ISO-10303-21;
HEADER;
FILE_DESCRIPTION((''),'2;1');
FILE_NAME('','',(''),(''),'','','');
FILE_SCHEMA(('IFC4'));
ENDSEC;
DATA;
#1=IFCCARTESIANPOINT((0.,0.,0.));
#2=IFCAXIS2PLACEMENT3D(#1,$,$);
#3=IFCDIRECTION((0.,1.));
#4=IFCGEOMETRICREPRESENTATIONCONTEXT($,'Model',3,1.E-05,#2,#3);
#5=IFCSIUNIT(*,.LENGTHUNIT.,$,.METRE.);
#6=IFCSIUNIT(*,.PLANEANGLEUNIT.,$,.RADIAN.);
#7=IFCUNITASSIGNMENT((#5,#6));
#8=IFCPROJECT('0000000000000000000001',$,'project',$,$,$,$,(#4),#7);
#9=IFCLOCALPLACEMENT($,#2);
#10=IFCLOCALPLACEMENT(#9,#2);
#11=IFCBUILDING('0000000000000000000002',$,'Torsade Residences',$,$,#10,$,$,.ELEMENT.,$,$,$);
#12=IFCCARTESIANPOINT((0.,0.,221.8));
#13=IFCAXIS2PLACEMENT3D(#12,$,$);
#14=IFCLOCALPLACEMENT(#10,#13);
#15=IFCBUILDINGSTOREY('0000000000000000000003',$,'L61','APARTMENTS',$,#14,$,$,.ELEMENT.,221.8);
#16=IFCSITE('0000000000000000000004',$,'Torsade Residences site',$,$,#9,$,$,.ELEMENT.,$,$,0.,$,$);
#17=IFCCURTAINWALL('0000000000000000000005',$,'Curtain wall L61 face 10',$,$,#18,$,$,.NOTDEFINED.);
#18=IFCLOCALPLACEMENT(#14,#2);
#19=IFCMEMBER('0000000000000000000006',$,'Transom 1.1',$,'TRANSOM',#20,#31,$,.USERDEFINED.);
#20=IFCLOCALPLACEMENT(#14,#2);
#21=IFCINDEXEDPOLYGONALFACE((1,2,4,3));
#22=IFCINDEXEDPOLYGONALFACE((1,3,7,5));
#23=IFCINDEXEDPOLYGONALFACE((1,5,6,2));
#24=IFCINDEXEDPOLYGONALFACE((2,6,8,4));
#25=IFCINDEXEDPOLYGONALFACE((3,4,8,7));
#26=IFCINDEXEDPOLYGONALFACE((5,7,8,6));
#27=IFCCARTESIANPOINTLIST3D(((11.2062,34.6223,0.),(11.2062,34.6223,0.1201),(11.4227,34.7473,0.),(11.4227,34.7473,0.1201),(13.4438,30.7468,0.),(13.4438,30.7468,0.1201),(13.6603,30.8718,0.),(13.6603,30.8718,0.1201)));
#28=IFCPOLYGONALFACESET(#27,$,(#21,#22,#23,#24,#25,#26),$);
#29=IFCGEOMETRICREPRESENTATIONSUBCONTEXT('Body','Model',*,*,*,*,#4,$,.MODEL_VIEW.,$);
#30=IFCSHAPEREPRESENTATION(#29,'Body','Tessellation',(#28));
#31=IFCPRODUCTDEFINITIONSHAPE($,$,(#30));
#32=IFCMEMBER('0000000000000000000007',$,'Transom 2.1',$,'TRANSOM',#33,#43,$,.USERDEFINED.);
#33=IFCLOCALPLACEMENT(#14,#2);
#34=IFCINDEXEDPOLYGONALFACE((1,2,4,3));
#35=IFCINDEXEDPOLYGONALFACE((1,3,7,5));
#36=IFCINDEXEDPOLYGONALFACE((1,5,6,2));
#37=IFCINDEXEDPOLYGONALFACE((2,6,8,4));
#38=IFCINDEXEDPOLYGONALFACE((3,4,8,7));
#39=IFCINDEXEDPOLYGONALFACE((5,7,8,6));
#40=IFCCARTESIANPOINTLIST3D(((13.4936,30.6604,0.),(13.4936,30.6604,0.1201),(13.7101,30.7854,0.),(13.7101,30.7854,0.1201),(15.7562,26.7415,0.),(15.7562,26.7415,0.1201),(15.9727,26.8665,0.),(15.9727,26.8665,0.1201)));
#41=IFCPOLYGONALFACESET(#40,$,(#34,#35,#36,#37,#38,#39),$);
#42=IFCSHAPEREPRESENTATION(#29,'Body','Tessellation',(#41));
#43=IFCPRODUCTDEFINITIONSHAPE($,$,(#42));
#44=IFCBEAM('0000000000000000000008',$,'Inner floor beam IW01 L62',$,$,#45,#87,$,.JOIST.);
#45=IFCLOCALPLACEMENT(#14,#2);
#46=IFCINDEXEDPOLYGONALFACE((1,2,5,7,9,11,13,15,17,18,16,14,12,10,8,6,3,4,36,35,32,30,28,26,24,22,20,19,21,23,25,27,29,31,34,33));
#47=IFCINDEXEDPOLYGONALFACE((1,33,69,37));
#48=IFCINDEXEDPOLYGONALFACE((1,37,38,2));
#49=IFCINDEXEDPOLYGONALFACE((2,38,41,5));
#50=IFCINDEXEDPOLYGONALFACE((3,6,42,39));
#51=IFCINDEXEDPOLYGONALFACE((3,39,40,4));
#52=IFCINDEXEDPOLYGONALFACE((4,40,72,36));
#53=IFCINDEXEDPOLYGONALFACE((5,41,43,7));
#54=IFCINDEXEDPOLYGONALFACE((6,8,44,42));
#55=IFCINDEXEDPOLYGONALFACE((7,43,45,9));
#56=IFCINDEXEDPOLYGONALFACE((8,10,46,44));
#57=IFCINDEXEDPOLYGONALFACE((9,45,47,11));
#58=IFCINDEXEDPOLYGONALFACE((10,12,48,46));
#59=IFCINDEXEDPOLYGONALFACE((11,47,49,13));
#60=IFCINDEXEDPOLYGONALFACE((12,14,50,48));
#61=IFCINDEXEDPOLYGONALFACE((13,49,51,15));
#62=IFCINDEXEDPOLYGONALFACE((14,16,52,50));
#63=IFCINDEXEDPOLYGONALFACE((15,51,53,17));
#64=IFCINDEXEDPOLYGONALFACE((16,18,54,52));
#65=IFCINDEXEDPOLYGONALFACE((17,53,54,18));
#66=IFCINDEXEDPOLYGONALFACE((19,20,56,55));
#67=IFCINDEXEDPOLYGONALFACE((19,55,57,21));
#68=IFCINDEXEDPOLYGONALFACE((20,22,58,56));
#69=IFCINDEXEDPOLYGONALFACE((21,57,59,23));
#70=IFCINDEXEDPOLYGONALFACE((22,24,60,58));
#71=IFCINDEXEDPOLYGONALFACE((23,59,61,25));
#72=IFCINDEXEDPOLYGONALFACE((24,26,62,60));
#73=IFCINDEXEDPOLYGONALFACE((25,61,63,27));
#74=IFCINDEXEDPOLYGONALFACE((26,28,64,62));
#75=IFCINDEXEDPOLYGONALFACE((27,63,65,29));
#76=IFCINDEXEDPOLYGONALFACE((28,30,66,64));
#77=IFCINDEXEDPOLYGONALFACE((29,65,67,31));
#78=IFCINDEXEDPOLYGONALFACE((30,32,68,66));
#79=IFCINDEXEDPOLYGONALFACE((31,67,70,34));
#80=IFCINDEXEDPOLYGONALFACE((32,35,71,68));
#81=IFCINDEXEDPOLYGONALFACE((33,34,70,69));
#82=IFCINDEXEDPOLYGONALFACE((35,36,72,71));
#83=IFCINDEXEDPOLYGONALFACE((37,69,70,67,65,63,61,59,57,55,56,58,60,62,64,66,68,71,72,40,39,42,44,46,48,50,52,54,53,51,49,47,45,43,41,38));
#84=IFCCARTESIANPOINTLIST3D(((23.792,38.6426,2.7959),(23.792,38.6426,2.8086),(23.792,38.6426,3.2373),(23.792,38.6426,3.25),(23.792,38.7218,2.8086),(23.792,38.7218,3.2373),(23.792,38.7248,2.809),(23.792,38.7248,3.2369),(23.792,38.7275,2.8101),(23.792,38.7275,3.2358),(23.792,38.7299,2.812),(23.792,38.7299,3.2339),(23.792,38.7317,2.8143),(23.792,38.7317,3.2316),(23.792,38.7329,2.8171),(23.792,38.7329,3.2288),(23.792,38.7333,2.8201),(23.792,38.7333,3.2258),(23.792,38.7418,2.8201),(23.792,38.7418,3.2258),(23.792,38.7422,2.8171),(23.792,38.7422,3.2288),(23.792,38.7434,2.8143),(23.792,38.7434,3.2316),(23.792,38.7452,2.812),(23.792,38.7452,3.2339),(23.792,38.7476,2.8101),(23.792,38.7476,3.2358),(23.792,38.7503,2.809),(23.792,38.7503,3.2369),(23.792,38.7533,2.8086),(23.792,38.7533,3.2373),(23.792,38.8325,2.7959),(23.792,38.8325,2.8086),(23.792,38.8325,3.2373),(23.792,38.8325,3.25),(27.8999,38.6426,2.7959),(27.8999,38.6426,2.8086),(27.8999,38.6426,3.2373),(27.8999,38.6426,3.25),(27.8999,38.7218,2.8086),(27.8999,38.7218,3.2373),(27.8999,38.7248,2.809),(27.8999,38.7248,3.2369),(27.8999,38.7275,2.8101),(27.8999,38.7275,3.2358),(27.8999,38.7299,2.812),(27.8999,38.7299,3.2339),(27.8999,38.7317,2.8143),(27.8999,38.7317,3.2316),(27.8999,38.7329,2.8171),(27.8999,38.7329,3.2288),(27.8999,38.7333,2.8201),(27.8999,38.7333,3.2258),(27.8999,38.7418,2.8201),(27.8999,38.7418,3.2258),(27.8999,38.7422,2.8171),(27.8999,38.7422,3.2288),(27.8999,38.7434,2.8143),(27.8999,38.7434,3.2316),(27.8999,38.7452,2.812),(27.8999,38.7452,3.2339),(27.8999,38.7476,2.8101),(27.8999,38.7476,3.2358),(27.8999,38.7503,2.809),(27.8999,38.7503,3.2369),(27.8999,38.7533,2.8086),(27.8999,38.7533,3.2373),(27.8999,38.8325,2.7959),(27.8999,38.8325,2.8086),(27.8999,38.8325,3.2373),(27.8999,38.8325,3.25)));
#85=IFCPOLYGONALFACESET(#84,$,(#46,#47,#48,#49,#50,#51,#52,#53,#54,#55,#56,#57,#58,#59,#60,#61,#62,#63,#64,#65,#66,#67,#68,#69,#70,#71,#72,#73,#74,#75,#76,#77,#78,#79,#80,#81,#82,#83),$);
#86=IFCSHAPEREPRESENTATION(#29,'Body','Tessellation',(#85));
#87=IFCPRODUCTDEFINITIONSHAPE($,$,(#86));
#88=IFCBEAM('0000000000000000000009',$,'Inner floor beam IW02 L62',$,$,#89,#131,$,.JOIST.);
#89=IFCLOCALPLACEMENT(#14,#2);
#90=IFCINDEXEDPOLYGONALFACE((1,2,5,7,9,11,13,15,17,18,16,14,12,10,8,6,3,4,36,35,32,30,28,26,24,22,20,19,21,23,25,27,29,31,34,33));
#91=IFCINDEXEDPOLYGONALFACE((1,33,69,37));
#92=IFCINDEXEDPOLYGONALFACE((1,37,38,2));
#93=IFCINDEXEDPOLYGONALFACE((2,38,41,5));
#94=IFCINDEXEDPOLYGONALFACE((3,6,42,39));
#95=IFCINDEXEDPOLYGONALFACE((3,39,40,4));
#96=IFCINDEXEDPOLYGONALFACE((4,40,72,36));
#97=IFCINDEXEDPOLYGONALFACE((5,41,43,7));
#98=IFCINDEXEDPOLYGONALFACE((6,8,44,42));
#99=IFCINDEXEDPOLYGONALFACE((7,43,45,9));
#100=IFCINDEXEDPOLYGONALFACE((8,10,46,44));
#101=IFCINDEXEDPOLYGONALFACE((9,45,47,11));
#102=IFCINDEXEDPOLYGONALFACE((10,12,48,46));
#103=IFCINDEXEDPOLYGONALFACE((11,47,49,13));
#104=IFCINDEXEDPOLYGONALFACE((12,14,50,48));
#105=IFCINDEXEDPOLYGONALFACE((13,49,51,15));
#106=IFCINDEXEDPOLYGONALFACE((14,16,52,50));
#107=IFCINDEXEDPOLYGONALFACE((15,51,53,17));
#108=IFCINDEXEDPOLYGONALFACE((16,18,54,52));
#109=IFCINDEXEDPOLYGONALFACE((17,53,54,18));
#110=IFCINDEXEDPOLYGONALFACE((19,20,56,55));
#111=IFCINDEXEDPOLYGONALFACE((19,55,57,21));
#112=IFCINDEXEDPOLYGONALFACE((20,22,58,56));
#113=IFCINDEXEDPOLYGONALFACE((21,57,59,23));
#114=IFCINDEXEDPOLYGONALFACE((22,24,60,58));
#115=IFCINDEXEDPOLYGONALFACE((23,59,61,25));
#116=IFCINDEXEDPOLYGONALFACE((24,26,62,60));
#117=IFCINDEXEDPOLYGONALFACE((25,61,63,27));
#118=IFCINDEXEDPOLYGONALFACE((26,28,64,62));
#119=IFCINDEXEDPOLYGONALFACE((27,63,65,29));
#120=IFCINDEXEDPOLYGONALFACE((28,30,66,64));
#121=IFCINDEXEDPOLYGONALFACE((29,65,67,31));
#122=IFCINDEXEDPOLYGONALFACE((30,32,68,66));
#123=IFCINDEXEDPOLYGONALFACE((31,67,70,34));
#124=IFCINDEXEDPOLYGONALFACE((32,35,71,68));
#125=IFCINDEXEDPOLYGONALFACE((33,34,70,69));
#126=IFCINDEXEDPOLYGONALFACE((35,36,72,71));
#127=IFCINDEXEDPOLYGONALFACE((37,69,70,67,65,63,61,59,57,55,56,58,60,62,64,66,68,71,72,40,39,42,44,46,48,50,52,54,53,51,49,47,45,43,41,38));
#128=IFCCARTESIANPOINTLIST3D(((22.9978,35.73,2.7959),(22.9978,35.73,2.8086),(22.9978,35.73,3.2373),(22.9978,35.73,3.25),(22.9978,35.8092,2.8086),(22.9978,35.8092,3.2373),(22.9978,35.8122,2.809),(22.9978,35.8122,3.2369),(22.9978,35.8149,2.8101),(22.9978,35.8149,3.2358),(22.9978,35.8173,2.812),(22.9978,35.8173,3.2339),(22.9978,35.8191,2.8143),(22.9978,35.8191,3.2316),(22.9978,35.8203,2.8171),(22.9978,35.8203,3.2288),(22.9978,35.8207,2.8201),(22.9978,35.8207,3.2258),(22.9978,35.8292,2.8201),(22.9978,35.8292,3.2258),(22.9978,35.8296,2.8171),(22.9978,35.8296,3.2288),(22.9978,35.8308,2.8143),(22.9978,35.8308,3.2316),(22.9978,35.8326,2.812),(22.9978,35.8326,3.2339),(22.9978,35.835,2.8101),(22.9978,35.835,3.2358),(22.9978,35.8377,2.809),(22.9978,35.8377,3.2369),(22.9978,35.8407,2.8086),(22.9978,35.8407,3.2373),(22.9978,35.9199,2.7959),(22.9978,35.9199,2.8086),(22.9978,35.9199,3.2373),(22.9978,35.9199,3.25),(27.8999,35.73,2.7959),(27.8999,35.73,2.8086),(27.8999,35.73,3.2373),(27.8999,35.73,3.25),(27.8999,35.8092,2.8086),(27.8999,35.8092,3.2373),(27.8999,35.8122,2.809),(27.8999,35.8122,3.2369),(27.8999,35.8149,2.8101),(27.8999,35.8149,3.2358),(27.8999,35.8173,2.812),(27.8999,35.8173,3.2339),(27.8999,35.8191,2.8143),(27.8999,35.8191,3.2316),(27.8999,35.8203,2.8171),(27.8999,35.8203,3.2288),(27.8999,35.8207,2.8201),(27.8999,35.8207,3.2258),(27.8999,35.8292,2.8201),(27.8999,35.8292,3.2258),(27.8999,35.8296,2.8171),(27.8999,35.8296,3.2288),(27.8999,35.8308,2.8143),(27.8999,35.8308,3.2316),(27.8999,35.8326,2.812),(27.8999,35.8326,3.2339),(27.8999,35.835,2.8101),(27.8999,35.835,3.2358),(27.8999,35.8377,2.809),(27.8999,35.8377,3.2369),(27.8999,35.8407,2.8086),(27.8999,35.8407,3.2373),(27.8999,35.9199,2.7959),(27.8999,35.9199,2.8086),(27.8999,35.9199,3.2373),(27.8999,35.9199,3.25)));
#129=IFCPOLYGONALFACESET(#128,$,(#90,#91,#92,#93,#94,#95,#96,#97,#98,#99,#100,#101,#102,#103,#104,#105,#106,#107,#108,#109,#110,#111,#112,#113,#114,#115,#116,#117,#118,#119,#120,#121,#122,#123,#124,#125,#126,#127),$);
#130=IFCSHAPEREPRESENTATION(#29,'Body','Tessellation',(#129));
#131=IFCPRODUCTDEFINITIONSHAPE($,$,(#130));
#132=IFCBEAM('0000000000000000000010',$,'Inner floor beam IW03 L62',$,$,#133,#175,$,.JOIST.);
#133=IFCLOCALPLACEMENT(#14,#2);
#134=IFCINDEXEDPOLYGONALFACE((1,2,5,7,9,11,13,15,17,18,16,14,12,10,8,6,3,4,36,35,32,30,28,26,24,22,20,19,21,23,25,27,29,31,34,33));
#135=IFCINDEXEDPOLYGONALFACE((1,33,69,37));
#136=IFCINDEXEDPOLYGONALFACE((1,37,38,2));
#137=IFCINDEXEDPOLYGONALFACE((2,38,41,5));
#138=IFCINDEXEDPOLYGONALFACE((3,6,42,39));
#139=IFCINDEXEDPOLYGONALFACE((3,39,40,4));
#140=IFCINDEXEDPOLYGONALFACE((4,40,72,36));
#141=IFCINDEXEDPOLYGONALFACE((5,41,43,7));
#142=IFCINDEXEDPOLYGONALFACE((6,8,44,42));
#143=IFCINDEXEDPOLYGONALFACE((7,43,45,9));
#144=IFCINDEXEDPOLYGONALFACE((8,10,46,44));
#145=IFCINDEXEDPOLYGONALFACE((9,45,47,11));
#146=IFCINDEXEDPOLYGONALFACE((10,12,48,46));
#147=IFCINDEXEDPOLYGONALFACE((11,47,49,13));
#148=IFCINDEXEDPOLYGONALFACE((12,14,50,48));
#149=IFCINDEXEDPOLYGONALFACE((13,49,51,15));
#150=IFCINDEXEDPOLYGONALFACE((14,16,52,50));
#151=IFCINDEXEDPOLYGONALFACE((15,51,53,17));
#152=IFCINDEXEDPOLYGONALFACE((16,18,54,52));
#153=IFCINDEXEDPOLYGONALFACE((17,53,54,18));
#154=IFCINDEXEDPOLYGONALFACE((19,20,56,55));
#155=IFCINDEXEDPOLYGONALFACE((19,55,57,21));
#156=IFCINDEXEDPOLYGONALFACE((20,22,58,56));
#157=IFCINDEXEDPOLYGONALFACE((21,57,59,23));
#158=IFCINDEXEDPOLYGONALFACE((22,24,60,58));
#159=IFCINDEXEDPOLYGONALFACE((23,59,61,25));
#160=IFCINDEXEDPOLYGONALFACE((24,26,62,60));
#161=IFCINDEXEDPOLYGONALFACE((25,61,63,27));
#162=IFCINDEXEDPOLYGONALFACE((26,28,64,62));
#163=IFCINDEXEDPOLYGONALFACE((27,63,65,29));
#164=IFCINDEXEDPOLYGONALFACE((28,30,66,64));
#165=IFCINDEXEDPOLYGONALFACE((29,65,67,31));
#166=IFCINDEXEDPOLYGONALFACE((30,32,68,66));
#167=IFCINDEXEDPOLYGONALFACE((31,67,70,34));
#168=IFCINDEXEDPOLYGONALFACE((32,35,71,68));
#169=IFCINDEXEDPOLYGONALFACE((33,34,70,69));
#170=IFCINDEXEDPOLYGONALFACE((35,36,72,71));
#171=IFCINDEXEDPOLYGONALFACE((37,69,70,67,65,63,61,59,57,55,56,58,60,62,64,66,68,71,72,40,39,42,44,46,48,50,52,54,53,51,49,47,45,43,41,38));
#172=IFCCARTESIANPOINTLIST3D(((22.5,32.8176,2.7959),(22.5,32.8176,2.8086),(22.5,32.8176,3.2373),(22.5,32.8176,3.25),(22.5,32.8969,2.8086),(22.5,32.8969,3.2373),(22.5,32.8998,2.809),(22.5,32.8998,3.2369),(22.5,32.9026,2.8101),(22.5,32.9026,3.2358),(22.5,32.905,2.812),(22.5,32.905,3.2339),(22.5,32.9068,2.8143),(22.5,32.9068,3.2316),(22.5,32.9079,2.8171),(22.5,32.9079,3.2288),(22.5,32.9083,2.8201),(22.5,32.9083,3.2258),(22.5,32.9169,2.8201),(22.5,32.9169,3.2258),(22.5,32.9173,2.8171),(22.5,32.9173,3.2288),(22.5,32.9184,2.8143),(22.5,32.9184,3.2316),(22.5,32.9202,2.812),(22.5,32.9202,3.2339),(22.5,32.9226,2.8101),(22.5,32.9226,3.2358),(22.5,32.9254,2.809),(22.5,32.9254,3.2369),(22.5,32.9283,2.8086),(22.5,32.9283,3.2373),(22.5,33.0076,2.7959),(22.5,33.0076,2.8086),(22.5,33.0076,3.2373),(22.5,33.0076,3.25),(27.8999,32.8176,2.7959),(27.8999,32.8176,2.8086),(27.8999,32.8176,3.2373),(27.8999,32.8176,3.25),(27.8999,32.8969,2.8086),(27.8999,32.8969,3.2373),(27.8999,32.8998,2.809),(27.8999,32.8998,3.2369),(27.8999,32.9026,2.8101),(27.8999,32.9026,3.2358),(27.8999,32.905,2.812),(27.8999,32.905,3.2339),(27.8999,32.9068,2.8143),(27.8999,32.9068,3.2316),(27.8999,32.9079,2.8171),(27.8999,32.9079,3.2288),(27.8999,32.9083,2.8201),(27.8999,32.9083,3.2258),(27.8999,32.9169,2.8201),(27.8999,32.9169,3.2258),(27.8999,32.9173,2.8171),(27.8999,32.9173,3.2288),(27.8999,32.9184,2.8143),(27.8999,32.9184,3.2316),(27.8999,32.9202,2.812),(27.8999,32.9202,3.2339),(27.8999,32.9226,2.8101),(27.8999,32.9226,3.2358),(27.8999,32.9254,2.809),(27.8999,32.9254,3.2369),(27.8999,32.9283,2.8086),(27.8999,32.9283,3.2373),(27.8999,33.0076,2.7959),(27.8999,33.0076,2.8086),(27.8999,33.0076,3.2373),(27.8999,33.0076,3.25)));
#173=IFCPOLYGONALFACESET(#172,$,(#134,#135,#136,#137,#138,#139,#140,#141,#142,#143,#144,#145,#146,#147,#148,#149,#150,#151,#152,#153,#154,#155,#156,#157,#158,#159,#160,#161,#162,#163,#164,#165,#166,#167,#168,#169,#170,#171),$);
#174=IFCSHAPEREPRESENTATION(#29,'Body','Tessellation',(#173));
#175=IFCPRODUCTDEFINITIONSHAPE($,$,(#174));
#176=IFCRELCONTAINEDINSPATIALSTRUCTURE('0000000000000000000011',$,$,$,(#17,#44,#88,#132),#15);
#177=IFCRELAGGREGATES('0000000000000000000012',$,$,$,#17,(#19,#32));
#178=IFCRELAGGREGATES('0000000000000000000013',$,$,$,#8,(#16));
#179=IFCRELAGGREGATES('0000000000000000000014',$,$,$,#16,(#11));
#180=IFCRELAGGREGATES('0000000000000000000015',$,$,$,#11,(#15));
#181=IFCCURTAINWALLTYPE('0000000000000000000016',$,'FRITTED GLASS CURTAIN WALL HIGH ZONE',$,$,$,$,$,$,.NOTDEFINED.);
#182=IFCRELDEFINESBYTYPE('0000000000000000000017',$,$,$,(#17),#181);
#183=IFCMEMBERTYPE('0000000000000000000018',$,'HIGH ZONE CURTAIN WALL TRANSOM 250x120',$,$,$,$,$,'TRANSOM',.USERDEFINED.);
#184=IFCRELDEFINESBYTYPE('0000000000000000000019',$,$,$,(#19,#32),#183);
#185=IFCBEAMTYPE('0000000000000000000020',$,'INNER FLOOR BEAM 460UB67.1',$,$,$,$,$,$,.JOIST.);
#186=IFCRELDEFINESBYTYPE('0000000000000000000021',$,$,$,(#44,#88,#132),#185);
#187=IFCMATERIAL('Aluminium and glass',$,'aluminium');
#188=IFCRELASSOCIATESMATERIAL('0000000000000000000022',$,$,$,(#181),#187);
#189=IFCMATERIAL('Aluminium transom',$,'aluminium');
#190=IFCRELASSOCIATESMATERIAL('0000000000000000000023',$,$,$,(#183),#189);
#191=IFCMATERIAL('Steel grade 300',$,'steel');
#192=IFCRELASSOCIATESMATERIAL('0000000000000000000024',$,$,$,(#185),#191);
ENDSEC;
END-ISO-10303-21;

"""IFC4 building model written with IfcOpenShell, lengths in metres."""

from ifc_helpers import new_model, si_unit, direction, frame, origin, origin_2d, place, context, subcontext, project, spatial, rectangle, i_section, extrude, material, material_profile, profile_set, type_object, element, aggregate, save


model = new_model("IFC4")

# Units and contexts
model_context = context("Model", 3, precision=1e-05, world=origin(), true_north=direction((0.0, 1.0)))
body_context = subcontext(model_context, "Body", "Model", "MODEL_VIEW")
ifc_project = project(units=[si_unit("LENGTHUNIT", "METRE"), si_unit("PLANEANGLEUNIT", "RADIAN")], contexts=[model_context])

# Site, building, storey
site_placement = place(None, origin())
site = spatial("IfcSite", under=ifc_project, at=site_placement, Name="Torsade Residences site", CompositionType="ELEMENT", RefElevation=0.0)
building_placement = place(site_placement, origin())
building = spatial("IfcBuilding", under=site, at=building_placement, Name="Torsade Residences", CompositionType="ELEMENT")
storey_placement = place(building_placement, frame((0.0, 0.0, 221.8)))
storey = spatial("IfcBuildingStorey", under=building, at=storey_placement, Name="L61", Description="APARTMENTS", CompositionType="ELEMENT", Elevation=221.8)

# Curtain wall, members
ifc_material_1 = material(Name="Aluminium and glass", Category="aluminium")
curtain_wall_type = type_object("IfcCurtainWallType", Name="FRITTED GLASS CURTAIN WALL HIGH ZONE", PredefinedType="NOTDEFINED", material=ifc_material_1)
curtain_wall_placement = place(storey_placement, origin())
curtain_wall = element("IfcCurtainWall", 1, at=curtain_wall_placement, inside=storey, type_object=curtain_wall_type, Name="Curtain wall L61 face 10", PredefinedType="NOTDEFINED")
ifc_material_2 = material(Name="Aluminium transom", Category="aluminium")
ifc_material_profile_1 = material_profile(ifc_material_2, rectangle(XDim=0.25, YDim=0.1201, at=origin_2d()), Name="HIGH ZONE CURTAIN WALL TRANSOM 250x120")
ifc_profile_set_1 = profile_set([ifc_material_profile_1], Name="Aluminium transom")
member_type_1 = type_object("IfcMemberType", Name="HIGH ZONE CURTAIN WALL TRANSOM 250x120", ElementType="TRANSOM", PredefinedType="USERDEFINED", material=ifc_profile_set_1)
member_1_placement = place(storey_placement, frame((11.3145, 34.6848, 0.0601), z_axis=(0.500006, -0.866022, 0.0), x_axis=(0.866022, 0.500006, 0.0)))
member_1 = element("IfcMember", 2, at=member_1_placement, type_object=member_type_1, Name="Transom 1.1", ObjectType="TRANSOM", PredefinedType="USERDEFINED", context=body_context, shape_type="SweptSolid", body=[
    extrude(rectangle(XDim=0.25, YDim=0.1201, at=origin_2d()), origin(), (0.0, 0.0, 1.0), 4.4751),
])
member_2_placement = place(storey_placement, frame((13.6018, 30.7229, 0.0601), z_axis=(0.500015, -0.866017, 0.0), x_axis=(0.866017, 0.500015, 0.0)))
member_2 = element("IfcMember", 3, at=member_2_placement, type_object=member_type_1, Name="Transom 2.1", ObjectType="TRANSOM", PredefinedType="USERDEFINED", context=body_context, shape_type="SweptSolid", body=[
    extrude(rectangle(XDim=0.25, YDim=0.1201, at=origin_2d()), origin(), (0.0, 0.0, 1.0), 4.5251),
])

# Beams
ifc_material_3 = material(Name="Steel grade 300", Category="steel")
ifc_material_profile_2 = material_profile(ifc_material_3, i_section(OverallWidth=0.1899, OverallDepth=0.4541, WebThickness=0.0085, FlangeThickness=0.0127, FilletRadius=0.0115, at=origin_2d()), Name="460UB67.1")
ifc_profile_set_2 = profile_set([ifc_material_profile_2], Name="Steel grade 300")
beam_type_1 = type_object("IfcBeamType", Name="INNER FLOOR BEAM 460UB67.1", PredefinedType="JOIST", material=ifc_profile_set_2)
beam_1_placement = place(storey_placement, frame((27.8999, 38.7375, 3.0229), z_axis=(-1.0, 0.0, 0.0), x_axis=(0.0, -1.0, 0.0)))
element("IfcBeam", 4, at=beam_1_placement, inside=storey, type_object=beam_type_1, Name="Inner floor beam IW01 L62", PredefinedType="JOIST", context=body_context, shape_type="SweptSolid", body=[
    extrude(i_section(OverallWidth=0.1899, OverallDepth=0.4541, WebThickness=0.0085, FlangeThickness=0.0127, FilletRadius=0.0115, at=origin_2d()), origin(), (0.0, 0.0, 1.0), 4.1079),
])
beam_2_placement = place(storey_placement, frame((27.8999, 35.825, 3.0229), z_axis=(-1.0, 0.0, 0.0), x_axis=(0.0, -1.0, 0.0)))
element("IfcBeam", 5, at=beam_2_placement, inside=storey, type_object=beam_type_1, Name="Inner floor beam IW02 L62", PredefinedType="JOIST", context=body_context, shape_type="SweptSolid", body=[
    extrude(i_section(OverallWidth=0.1899, OverallDepth=0.4541, WebThickness=0.0085, FlangeThickness=0.0127, FilletRadius=0.0115, at=origin_2d()), origin(), (0.0, 0.0, 1.0), 4.9021),
])
for number, where, z_axis, x_axis, name in (
    (6, (27.8999, 32.9126, 3.0229), (-1.0, 0.0, 0.0), (0.0, -1.0, 0.0), "Inner floor beam IW03 L62"),
):
    element("IfcBeam", number, at=place(storey_placement, frame(where, z_axis=z_axis, x_axis=x_axis)), inside=storey, type_object=beam_type_1, Name=name, PredefinedType="JOIST", context=body_context, shape_type="SweptSolid", body=[
        extrude(i_section(OverallWidth=0.1899, OverallDepth=0.4541, WebThickness=0.0085, FlangeThickness=0.0127, FilletRadius=0.0115, at=origin_2d()), origin(), (0.0, 0.0, 1.0), 5.3999),
    ])

aggregate(curtain_wall, [member_1, member_2])

save(model, "model.ifc")
